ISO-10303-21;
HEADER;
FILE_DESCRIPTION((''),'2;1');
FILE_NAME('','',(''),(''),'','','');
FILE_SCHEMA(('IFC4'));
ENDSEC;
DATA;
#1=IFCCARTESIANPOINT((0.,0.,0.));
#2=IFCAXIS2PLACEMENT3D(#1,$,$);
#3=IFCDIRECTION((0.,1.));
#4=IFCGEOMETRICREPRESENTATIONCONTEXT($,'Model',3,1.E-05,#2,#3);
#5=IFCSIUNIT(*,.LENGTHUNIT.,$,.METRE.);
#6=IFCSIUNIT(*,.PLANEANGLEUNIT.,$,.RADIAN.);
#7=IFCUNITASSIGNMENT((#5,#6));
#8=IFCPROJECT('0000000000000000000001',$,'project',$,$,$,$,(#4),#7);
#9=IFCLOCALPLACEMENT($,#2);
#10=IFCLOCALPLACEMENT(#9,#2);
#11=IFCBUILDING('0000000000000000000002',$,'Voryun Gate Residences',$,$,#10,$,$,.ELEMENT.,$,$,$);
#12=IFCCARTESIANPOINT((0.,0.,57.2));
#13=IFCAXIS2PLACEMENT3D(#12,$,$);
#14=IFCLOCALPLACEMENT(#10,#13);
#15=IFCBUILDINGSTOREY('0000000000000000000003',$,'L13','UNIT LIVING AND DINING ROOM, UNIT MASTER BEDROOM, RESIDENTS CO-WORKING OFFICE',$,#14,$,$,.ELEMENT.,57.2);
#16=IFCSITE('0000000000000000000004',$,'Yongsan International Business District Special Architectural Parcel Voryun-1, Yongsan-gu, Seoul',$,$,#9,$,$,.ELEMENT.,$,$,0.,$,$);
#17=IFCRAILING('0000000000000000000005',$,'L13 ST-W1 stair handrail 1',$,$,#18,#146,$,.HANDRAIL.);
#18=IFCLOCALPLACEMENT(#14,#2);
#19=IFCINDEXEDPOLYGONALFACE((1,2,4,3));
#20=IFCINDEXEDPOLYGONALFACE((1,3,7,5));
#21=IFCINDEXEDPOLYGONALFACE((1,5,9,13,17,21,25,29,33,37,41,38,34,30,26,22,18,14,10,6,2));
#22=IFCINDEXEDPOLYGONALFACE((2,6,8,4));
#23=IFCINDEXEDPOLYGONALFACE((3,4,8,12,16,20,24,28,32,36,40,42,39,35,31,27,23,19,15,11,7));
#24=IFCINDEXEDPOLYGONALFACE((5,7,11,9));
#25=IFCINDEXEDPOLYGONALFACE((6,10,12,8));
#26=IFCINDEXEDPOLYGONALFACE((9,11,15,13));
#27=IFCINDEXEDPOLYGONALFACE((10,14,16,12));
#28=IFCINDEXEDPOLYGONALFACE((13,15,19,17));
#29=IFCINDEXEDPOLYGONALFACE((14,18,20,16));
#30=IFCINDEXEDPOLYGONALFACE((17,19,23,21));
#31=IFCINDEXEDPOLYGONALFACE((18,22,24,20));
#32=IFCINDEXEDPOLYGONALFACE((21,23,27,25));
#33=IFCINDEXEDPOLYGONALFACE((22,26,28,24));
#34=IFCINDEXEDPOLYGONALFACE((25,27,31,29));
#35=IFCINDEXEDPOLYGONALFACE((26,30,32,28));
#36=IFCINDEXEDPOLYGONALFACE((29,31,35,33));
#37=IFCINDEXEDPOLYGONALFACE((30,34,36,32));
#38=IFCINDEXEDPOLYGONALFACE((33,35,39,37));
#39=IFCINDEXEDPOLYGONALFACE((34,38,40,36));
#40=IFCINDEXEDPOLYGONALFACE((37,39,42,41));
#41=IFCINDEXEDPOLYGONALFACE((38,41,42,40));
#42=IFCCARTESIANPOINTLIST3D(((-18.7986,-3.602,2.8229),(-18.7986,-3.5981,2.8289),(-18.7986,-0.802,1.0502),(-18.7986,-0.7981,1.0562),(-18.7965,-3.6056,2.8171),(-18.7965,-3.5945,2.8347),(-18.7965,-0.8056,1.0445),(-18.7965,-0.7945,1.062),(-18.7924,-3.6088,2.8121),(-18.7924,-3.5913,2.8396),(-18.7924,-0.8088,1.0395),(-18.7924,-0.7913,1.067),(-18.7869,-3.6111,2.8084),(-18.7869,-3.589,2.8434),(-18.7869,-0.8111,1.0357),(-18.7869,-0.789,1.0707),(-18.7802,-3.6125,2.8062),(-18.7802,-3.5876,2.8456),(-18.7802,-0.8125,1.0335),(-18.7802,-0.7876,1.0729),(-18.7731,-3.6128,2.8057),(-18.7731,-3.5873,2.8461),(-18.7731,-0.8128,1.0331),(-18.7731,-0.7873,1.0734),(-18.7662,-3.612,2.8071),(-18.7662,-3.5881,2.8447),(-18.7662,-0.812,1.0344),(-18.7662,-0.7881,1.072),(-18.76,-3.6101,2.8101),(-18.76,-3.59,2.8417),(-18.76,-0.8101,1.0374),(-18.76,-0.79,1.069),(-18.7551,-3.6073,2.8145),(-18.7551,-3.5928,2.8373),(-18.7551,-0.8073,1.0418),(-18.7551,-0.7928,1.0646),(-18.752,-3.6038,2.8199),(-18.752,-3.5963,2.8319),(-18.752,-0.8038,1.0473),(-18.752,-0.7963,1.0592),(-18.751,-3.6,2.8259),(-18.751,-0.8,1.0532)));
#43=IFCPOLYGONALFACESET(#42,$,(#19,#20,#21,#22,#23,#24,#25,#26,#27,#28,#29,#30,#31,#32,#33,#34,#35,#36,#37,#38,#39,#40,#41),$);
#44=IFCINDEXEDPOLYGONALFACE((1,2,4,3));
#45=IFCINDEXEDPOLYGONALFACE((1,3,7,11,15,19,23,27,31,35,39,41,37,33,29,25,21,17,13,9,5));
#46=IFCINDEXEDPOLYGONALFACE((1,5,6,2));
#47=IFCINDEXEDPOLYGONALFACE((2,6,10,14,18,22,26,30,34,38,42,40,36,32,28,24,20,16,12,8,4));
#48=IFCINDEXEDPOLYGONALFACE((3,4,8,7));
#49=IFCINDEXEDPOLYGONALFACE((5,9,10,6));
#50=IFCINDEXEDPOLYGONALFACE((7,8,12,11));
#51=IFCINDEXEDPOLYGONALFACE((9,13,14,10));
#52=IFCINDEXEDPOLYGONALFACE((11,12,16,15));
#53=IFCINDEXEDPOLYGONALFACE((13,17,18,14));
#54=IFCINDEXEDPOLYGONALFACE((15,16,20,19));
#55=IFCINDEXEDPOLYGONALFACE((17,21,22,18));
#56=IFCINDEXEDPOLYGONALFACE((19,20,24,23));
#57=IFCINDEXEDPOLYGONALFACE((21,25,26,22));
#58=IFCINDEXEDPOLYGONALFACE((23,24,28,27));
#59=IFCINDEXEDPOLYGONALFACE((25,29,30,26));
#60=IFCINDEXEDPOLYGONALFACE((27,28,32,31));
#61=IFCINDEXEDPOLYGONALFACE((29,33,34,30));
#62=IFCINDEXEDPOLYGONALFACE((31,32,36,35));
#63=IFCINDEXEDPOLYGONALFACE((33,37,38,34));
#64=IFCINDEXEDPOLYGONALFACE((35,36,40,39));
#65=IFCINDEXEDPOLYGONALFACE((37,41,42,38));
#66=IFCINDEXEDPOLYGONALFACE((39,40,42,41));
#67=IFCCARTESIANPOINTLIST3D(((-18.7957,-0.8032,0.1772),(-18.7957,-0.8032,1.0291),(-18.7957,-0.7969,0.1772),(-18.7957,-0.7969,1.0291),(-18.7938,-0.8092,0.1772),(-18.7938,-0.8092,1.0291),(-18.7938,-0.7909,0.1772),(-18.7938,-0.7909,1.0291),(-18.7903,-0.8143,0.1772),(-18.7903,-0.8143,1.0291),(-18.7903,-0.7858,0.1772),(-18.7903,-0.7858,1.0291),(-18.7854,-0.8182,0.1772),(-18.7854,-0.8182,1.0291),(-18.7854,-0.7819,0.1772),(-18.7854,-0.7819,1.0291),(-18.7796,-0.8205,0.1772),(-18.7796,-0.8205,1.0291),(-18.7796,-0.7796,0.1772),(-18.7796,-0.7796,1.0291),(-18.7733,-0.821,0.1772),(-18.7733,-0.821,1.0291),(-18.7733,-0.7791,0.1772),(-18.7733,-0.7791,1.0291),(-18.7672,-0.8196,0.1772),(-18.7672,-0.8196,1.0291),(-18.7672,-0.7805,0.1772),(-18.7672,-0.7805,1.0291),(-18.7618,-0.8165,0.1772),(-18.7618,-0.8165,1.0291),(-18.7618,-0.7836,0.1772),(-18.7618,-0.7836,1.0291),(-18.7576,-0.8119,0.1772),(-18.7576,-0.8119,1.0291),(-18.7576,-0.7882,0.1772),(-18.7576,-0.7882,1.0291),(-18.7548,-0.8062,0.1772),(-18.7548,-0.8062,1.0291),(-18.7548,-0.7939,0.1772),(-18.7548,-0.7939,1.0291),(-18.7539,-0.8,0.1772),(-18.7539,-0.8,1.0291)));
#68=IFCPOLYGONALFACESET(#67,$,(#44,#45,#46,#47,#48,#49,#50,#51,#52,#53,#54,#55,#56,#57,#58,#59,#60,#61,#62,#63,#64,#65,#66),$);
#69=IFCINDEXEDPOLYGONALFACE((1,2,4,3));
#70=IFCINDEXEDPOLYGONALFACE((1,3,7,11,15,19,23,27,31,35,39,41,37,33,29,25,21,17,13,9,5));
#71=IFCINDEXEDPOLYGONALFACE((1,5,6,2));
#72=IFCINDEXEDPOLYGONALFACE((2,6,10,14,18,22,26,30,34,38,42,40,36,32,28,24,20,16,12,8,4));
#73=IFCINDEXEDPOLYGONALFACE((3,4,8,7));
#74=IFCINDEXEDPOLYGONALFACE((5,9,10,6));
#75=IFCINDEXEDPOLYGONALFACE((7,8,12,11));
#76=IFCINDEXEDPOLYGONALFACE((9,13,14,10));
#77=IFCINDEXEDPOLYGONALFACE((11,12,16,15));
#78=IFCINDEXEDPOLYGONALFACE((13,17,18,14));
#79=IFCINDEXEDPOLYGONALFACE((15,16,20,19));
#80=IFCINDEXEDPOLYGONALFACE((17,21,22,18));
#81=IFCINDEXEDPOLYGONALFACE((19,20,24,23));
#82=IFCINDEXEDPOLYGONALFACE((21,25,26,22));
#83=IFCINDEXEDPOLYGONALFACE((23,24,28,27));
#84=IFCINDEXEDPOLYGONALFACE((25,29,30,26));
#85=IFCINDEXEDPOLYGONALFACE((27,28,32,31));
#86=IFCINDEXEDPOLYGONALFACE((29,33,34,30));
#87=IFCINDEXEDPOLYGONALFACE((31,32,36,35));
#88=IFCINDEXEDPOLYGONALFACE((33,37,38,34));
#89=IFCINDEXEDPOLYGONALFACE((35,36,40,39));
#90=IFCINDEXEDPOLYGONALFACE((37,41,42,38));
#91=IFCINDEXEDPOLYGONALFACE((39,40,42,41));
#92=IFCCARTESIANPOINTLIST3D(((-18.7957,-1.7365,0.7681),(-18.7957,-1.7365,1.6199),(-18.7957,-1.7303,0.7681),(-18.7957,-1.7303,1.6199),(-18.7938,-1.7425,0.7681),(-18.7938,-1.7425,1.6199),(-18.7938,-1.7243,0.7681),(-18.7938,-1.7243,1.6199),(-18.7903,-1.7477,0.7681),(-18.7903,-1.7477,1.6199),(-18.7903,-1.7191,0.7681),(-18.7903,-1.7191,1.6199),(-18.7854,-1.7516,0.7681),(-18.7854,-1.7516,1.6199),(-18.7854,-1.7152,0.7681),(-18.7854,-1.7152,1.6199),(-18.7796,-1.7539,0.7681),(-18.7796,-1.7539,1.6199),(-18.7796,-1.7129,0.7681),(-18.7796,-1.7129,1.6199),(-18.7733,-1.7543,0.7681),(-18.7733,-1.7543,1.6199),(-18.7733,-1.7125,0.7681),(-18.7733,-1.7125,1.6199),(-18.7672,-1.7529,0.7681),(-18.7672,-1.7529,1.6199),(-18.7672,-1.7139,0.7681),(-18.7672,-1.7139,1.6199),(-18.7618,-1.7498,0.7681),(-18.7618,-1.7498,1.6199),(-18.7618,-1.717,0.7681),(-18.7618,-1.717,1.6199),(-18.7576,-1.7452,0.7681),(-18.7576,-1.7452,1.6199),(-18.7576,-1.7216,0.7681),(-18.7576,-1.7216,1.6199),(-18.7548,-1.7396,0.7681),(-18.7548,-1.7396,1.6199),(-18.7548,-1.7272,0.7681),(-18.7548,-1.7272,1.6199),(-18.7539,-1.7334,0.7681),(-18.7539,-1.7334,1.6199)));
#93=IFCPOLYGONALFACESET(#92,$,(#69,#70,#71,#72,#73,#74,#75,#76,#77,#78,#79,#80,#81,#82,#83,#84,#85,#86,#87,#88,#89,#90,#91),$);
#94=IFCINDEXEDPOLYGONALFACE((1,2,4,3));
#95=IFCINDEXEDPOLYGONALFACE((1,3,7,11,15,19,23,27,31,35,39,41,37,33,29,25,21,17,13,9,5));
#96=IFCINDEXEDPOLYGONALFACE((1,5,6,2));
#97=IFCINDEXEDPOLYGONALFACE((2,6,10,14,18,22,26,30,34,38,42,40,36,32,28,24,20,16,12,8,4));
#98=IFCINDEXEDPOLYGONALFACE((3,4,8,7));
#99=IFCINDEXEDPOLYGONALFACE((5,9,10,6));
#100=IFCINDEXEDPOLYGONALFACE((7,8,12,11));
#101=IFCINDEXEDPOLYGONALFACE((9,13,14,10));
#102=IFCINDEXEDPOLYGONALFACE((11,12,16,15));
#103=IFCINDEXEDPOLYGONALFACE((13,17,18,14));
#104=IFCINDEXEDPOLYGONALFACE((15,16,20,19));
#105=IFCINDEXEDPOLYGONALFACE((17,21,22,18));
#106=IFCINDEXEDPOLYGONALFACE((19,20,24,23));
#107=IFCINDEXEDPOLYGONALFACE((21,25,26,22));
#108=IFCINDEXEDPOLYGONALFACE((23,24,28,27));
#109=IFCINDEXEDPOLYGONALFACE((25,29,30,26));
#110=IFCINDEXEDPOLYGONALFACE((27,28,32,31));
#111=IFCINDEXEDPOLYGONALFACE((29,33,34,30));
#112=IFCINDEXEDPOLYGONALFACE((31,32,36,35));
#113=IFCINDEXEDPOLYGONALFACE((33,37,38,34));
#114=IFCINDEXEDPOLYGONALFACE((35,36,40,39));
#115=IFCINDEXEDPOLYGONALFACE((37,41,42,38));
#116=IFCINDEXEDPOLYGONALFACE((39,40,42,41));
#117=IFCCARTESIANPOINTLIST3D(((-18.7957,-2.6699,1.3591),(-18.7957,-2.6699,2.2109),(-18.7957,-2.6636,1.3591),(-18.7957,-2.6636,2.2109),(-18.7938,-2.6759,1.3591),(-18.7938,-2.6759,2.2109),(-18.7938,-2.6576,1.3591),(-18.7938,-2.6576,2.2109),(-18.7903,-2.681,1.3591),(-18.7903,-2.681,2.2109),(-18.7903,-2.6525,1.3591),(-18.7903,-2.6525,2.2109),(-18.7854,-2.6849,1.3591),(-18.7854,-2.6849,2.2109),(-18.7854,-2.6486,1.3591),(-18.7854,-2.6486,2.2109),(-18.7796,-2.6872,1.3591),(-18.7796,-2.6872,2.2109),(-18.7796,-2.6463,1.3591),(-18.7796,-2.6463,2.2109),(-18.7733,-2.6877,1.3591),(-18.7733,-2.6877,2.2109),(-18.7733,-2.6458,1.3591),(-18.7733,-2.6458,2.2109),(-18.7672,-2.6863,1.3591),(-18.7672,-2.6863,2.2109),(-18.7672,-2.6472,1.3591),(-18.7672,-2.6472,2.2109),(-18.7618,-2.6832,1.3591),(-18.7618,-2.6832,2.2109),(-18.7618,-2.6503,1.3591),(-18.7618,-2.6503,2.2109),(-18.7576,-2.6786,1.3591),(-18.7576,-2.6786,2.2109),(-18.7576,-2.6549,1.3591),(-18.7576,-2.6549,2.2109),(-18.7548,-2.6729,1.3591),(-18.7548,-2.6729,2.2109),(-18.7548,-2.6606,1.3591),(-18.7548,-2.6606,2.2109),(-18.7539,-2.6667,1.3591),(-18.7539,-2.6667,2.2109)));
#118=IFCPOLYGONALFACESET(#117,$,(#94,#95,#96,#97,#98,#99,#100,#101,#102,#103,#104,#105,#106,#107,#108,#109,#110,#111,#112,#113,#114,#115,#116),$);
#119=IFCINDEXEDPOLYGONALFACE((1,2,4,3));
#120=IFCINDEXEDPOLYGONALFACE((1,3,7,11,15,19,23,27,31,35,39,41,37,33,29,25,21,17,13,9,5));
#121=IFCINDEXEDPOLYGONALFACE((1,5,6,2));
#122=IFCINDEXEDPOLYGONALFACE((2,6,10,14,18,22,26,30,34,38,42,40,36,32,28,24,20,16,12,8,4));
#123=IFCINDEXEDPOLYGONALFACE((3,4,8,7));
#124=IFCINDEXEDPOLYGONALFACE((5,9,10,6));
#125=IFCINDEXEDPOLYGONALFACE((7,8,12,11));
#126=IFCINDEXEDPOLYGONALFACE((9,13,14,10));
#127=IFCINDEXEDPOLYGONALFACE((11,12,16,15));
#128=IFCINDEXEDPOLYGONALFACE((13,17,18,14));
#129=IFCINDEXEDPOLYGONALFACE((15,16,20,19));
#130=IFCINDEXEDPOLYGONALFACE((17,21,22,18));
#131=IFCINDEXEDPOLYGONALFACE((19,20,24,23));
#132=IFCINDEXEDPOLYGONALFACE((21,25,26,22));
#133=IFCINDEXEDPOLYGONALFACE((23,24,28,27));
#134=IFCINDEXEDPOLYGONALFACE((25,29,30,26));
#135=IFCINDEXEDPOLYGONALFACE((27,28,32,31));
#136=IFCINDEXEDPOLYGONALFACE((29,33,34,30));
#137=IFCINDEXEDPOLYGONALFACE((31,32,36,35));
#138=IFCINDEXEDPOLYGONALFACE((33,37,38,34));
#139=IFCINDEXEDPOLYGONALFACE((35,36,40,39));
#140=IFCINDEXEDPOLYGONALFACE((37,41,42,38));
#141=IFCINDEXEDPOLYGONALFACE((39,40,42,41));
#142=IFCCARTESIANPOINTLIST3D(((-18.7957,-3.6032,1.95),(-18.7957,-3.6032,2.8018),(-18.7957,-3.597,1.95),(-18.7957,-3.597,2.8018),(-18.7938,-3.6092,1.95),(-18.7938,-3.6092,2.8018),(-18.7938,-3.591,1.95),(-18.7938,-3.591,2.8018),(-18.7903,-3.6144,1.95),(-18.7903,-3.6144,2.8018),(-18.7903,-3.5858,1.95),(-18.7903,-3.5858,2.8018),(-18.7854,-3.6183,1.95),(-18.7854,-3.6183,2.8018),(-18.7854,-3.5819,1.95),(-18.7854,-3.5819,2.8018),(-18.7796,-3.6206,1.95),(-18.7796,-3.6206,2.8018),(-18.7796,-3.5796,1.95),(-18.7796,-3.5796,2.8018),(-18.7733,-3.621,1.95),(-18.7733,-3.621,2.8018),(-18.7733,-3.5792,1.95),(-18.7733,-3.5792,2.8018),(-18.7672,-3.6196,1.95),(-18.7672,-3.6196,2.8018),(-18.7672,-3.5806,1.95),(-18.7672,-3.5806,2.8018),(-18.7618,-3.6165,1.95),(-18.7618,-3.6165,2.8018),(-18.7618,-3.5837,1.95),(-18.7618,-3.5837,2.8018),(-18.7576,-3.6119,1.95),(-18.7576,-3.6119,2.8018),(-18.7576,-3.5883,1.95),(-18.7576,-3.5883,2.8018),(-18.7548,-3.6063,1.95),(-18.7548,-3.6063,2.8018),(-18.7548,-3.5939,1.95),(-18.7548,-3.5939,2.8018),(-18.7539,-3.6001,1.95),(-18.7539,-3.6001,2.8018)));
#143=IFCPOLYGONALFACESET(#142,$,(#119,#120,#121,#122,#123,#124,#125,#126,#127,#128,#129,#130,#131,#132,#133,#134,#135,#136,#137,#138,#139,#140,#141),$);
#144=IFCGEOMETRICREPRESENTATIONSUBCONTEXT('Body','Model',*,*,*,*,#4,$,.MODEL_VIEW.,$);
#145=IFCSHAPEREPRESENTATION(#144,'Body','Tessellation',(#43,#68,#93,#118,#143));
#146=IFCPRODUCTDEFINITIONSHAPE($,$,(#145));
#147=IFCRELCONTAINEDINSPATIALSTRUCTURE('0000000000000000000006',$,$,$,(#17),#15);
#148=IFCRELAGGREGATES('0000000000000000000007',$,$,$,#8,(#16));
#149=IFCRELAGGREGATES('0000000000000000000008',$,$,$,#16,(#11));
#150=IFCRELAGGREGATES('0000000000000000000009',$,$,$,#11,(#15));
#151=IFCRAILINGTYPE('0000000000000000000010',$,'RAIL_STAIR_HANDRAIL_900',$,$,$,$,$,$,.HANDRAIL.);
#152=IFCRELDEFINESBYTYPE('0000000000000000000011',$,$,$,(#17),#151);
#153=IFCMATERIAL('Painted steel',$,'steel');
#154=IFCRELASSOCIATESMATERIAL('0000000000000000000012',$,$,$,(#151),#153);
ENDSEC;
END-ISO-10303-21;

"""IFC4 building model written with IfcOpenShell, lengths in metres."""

from ifc_helpers import new_model, si_unit, direction, frame, origin, origin_2d, place, context, subcontext, project, spatial, circle, extrude, material, type_object, element, save


model = new_model("IFC4")

# Units and contexts
model_context = context("Model", 3, precision=1e-05, world=origin(), true_north=direction((0.0, 1.0)))
body_context = subcontext(model_context, "Body", "Model", "MODEL_VIEW")
ifc_project = project(units=[si_unit("LENGTHUNIT", "METRE"), si_unit("PLANEANGLEUNIT", "RADIAN")], contexts=[model_context])

# Site, building, storey
site_placement = place(None, origin())
site = spatial("IfcSite", under=ifc_project, at=site_placement, Name="Yongsan International Business District Special Architectural Parcel Voryun-1, Yongsan-gu, Seoul", CompositionType="ELEMENT", RefElevation=0.0)
building_placement = place(site_placement, origin())
building = spatial("IfcBuilding", under=site, at=building_placement, Name="Voryun Gate Residences", CompositionType="ELEMENT")
storey_placement = place(building_placement, frame((0.0, 0.0, 57.2)))
storey = spatial("IfcBuildingStorey", under=building, at=storey_placement, Name="L13", Description="UNIT LIVING AND DINING ROOM, UNIT MASTER BEDROOM, RESIDENTS CO-WORKING OFFICE", CompositionType="ELEMENT", Elevation=57.2)

# Railing
ifc_material_1 = material(Name="Painted steel", Category="steel")
railing_type_1 = type_object("IfcRailingType", Name="RAIL_STAIR_HANDRAIL_900", PredefinedType="HANDRAIL", material=ifc_material_1)
railing_1_placement = place(storey_placement, frame((-18.7749, -0.8, 0.1772)))
element("IfcRailing", 1, at=railing_1_placement, inside=storey, type_object=railing_type_1, Name="L13 ST-W1 stair handrail 1", PredefinedType="HANDRAIL", context=body_context, shape_type="SweptSolid", body=[
    extrude(circle(Radius=0.0239, at=origin_2d()), frame((0.0, 0.0, 0.876), z_axis=(0.0, -0.844909, 0.53491), x_axis=(1.0, 0.0, 0.0)), (0.0, 0.0, 1.0), 3.314),
    extrude(circle(Radius=0.021, at=origin_2d()), origin(), (0.0, 0.0, 1.0), 0.8518),
    extrude(circle(Radius=0.021, at=origin_2d()), frame((0.0, -0.9333, 0.5908)), (0.0, 0.0, 1.0), 0.8518),
    extrude(circle(Radius=0.021, at=origin_2d()), frame((0.0, -1.8667, 1.1819)), (0.0, 0.0, 1.0), 0.8518),
    extrude(circle(Radius=0.021, at=origin_2d()), frame((0.0, -2.8, 1.7727)), (0.0, 0.0, 1.0), 0.8518),
])

save(model, "model.ifc")
